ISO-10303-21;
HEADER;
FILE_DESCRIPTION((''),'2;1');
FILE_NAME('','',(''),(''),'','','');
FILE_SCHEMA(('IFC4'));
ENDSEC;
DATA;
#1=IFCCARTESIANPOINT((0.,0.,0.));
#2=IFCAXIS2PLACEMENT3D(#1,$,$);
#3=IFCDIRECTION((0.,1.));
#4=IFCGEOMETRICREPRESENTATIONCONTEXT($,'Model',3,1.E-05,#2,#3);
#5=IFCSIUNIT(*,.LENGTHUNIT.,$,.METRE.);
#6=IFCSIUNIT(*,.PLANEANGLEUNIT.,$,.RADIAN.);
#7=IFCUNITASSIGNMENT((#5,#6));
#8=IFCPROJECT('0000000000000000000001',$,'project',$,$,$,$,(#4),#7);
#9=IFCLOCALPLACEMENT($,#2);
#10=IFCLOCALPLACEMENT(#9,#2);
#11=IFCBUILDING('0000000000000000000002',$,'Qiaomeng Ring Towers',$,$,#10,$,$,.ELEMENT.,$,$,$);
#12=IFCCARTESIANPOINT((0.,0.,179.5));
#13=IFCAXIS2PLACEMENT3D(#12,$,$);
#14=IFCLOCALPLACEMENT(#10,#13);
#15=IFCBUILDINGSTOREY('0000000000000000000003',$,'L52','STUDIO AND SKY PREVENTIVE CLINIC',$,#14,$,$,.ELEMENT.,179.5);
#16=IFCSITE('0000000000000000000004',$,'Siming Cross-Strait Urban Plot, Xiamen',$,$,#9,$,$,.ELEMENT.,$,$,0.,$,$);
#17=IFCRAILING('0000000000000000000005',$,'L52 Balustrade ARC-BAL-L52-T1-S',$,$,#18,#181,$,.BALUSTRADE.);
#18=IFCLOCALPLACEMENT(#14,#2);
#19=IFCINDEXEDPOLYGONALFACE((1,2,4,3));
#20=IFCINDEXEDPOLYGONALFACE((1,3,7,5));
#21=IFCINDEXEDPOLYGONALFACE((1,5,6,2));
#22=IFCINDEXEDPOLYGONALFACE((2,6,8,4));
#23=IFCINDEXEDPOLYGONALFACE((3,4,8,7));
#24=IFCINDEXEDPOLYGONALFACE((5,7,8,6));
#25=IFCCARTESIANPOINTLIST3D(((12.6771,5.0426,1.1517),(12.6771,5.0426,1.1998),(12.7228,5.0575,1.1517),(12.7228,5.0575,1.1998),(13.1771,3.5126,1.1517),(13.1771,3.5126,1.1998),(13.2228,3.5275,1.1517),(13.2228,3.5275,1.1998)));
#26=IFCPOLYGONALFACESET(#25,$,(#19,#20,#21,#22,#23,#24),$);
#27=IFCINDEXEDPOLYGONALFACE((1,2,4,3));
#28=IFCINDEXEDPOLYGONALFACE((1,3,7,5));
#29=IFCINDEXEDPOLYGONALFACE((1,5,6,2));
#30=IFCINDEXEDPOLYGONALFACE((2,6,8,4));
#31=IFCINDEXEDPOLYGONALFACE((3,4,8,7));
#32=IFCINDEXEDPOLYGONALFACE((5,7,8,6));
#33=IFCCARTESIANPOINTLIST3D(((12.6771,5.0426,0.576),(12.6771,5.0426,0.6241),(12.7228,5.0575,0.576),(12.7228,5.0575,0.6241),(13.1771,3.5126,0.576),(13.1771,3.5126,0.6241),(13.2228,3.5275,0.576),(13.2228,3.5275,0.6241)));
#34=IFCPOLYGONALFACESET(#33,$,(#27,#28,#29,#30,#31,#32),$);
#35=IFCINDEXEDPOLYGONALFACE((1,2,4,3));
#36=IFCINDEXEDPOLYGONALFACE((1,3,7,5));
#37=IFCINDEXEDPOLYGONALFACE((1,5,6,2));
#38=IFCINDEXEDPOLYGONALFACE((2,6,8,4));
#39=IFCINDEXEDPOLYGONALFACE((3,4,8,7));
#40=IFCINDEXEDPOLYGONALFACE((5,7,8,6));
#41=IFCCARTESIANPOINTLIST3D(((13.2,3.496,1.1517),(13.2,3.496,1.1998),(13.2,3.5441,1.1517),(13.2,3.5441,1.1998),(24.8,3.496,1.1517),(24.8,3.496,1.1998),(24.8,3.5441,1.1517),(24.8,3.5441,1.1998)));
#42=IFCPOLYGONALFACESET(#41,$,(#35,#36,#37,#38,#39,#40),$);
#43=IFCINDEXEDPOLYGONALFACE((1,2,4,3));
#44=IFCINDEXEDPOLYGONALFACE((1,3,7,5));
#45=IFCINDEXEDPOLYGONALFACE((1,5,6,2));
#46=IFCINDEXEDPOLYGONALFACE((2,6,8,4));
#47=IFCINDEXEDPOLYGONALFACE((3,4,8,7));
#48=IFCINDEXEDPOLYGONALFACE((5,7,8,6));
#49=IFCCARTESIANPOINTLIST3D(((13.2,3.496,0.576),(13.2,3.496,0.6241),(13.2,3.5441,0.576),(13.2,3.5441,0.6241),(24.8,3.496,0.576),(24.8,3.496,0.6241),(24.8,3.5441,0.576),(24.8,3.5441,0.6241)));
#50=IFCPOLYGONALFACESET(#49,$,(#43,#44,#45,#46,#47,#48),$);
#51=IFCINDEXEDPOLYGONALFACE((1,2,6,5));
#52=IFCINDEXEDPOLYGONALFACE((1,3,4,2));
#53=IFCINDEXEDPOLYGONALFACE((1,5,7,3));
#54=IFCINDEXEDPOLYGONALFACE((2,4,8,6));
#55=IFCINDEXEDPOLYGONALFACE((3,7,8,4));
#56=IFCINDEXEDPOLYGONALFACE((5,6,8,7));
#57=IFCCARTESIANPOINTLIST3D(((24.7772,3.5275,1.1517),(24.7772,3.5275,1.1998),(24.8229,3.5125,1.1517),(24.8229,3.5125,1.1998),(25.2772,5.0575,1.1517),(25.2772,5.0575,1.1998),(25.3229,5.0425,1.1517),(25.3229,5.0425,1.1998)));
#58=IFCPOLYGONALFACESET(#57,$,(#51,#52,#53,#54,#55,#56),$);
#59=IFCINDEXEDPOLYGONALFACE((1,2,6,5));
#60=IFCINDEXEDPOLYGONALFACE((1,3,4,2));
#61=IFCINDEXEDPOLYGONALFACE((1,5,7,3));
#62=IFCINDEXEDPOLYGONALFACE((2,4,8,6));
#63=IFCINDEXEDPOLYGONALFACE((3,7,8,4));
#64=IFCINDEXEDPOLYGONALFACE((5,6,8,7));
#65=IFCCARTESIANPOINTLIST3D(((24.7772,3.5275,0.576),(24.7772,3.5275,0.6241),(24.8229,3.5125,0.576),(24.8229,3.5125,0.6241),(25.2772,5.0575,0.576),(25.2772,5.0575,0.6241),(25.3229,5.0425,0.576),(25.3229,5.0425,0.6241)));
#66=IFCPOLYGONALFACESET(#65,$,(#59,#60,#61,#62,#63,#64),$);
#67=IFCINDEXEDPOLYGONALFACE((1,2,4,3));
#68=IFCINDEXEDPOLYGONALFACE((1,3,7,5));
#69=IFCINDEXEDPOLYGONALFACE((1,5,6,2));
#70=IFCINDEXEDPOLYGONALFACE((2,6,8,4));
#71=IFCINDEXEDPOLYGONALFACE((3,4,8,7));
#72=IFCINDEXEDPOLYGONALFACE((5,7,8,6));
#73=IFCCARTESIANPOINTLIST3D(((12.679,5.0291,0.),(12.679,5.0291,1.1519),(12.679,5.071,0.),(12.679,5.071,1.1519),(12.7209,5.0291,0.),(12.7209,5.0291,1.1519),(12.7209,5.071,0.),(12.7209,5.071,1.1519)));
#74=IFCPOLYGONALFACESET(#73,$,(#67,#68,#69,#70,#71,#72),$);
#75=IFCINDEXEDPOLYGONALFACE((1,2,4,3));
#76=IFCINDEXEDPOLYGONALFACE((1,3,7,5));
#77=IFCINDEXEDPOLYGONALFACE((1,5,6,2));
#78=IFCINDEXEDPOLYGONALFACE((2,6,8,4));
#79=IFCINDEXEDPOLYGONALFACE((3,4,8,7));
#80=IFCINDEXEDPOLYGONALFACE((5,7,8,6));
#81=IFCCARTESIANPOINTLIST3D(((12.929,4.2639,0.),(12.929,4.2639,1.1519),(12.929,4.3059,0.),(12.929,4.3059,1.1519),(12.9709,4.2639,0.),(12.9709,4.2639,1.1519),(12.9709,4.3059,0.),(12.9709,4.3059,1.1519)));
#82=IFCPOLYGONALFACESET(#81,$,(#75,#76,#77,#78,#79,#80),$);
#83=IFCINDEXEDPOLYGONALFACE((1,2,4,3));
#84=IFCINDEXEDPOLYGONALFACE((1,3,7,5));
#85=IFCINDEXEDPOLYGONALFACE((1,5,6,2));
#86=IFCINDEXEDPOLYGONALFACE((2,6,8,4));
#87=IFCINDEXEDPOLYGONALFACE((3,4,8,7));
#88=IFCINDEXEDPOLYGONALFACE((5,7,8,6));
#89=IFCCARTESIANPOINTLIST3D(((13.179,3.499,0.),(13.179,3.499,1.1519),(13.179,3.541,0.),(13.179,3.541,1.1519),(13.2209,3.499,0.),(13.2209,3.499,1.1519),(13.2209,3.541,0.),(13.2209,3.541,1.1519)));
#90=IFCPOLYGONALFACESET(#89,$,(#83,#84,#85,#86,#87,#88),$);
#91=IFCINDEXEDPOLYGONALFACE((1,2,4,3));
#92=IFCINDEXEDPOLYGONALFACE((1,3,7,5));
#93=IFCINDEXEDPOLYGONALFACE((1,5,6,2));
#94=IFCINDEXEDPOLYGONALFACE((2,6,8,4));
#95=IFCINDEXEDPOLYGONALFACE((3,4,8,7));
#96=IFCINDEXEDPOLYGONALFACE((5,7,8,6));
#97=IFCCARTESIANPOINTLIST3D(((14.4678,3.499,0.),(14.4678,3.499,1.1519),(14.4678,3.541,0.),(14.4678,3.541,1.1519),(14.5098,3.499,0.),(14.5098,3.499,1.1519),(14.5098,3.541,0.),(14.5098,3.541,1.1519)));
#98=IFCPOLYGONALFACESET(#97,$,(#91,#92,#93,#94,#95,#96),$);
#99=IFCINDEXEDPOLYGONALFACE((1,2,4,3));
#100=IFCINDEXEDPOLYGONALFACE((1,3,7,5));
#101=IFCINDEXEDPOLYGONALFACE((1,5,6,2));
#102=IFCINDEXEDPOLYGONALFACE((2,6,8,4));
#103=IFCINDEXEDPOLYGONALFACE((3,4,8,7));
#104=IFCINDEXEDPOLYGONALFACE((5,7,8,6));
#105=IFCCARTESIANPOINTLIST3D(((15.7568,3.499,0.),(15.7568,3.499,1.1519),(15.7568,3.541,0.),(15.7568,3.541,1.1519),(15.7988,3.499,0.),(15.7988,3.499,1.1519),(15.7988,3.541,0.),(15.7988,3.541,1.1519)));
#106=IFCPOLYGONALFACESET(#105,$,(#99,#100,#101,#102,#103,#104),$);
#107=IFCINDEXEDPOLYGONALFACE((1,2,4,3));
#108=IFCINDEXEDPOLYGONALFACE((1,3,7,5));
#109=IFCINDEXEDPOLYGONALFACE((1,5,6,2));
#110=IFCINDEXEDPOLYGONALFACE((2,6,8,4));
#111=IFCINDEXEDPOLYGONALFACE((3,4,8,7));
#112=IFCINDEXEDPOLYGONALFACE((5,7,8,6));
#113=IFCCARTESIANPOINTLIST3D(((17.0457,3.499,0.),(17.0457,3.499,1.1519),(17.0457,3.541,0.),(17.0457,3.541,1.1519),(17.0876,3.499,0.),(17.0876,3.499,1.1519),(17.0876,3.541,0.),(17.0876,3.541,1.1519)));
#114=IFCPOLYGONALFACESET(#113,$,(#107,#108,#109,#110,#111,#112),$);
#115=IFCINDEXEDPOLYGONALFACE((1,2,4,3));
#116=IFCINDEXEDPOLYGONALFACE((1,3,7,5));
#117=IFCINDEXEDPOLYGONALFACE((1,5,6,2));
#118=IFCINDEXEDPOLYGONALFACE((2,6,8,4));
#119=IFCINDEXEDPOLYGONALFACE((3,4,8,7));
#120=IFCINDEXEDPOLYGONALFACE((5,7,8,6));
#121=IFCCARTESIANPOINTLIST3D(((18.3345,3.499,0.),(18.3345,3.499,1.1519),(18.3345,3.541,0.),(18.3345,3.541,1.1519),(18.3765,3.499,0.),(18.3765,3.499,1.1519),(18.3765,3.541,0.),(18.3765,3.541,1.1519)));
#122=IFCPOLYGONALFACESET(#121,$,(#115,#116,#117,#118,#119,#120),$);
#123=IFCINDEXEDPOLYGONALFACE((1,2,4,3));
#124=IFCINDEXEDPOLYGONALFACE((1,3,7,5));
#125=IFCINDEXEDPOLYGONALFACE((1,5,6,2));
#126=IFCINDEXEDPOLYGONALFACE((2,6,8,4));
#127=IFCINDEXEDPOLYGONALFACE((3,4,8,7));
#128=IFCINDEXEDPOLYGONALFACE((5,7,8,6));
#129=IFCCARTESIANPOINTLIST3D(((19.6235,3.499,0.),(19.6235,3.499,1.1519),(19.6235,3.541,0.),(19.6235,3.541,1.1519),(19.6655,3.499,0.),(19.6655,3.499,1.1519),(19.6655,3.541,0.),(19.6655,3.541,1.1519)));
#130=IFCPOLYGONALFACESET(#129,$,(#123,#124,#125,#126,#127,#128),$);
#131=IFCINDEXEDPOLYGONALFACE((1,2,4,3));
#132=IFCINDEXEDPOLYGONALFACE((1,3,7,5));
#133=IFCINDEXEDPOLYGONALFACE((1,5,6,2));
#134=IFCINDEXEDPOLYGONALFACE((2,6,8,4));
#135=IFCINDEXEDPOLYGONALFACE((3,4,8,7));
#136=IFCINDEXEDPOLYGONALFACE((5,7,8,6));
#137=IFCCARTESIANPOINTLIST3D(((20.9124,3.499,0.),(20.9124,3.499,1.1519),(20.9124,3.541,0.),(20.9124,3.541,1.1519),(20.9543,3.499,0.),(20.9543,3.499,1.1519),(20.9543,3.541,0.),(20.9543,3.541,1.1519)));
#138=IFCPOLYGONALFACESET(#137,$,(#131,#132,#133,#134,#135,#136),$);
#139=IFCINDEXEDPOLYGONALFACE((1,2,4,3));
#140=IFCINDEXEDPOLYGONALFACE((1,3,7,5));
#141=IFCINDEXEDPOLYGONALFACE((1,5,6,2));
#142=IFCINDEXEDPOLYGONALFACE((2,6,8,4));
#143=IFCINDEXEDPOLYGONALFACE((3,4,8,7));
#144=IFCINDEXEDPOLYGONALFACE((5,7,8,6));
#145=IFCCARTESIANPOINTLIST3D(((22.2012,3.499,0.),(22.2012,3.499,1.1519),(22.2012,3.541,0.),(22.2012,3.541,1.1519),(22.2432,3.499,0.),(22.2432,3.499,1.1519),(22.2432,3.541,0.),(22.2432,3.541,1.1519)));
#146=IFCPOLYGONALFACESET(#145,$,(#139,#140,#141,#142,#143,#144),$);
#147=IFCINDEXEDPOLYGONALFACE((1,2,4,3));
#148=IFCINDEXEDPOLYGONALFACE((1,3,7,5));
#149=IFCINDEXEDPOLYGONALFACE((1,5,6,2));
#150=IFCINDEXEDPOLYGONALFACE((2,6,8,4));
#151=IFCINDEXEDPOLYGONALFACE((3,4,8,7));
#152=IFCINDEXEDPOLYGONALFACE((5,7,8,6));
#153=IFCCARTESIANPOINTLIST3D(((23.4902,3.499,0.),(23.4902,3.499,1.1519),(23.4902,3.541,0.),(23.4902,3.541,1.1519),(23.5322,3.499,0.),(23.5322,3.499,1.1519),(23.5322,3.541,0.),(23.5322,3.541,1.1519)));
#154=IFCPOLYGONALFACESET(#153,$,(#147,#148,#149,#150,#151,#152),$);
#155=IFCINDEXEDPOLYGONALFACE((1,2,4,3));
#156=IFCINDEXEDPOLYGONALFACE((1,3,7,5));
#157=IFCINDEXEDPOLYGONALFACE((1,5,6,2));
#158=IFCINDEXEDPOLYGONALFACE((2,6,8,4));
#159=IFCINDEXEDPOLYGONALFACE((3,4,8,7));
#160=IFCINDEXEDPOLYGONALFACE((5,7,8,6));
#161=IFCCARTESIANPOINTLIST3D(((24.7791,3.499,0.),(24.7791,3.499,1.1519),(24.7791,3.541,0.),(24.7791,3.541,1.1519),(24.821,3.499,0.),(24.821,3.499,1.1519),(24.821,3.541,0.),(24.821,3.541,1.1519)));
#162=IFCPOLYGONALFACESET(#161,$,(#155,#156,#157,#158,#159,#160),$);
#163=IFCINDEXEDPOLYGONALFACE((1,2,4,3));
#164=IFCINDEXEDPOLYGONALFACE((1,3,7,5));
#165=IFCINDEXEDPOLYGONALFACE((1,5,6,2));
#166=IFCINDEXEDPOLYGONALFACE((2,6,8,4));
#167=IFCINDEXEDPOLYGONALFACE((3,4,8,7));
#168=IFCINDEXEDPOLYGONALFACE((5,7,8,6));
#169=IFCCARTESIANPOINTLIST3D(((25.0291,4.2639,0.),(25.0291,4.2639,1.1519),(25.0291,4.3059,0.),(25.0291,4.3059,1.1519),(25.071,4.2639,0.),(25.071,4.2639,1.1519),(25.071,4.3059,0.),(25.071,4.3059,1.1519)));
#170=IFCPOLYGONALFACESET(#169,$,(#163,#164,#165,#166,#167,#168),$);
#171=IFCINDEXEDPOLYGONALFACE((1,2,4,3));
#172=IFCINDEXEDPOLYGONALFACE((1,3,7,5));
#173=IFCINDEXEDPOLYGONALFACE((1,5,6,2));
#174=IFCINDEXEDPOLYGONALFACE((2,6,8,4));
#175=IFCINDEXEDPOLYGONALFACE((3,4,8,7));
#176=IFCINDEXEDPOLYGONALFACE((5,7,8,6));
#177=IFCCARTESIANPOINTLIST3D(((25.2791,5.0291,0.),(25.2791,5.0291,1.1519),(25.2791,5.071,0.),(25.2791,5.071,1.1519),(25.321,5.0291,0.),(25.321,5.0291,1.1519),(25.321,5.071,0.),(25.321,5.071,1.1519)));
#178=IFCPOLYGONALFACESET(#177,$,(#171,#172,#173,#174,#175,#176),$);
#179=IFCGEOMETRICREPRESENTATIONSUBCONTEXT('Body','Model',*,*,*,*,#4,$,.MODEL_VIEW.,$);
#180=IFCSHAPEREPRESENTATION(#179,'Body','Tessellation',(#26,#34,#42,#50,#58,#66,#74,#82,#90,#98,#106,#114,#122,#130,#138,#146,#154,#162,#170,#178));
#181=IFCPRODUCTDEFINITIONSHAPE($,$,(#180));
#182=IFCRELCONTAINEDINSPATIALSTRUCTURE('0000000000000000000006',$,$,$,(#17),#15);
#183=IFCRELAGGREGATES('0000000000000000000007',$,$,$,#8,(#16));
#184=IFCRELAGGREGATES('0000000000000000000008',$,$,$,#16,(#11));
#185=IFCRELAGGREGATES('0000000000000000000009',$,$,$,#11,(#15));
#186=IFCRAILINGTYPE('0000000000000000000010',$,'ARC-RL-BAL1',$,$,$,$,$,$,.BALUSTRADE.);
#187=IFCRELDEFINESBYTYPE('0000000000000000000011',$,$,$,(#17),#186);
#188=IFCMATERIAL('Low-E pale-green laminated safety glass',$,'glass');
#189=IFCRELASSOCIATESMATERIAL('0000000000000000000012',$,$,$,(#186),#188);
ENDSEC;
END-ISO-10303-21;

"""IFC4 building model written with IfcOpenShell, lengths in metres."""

from ifc_helpers import new_model, si_unit, direction, frame, origin, origin_2d, place, context, subcontext, project, spatial, rectangle, extrude, material, type_object, element, save


model = new_model("IFC4")

# Units and contexts
model_context = context("Model", 3, precision=1e-05, world=origin(), true_north=direction((0.0, 1.0)))
body_context = subcontext(model_context, "Body", "Model", "MODEL_VIEW")
ifc_project = project(units=[si_unit("LENGTHUNIT", "METRE"), si_unit("PLANEANGLEUNIT", "RADIAN")], contexts=[model_context])

# Site, building, storey
site_placement = place(None, origin())
site = spatial("IfcSite", under=ifc_project, at=site_placement, Name="Siming Cross-Strait Urban Plot, Xiamen", CompositionType="ELEMENT", RefElevation=0.0)
building_placement = place(site_placement, origin())
building = spatial("IfcBuilding", under=site, at=building_placement, Name="Qiaomeng Ring Towers", CompositionType="ELEMENT")
storey_placement = place(building_placement, frame((0.0, 0.0, 179.5)))
storey = spatial("IfcBuildingStorey", under=building, at=storey_placement, Name="L52", Description="STUDIO AND SKY PREVENTIVE CLINIC", CompositionType="ELEMENT", Elevation=179.5)

# Railing
ifc_material_1 = material(Name="Low-E pale-green laminated safety glass", Category="glass")
railing_type = type_object("IfcRailingType", Name="ARC-RL-BAL1", PredefinedType="BALUSTRADE", material=ifc_material_1)
railing_placement = place(storey_placement, frame((12.7, 5.05, 0.0)))
element("IfcRailing", 1, at=railing_placement, inside=storey, type_object=railing_type, Name="L52 Balustrade ARC-BAL-L52-T1-S", PredefinedType="BALUSTRADE", context=body_context, shape_type="SweptSolid", body=[
    extrude(rectangle(XDim=0.0481, YDim=0.0481, at=origin_2d()), frame((0.0, 0.0, 1.1758), z_axis=(0.310626, -0.950532, 0.0), x_axis=(0.950532, 0.310626, 0.0)), (0.0, 0.0, 1.0), 1.6096),
    extrude(rectangle(XDim=0.0481, YDim=0.0481, at=origin_2d()), frame((0.0, 0.0, 0.6001), z_axis=(0.310626, -0.950532, 0.0), x_axis=(0.950532, 0.310626, 0.0)), (0.0, 0.0, 1.0), 1.6096),
    extrude(rectangle(XDim=0.0481, YDim=0.0481, at=origin_2d()), frame((0.5, -1.53, 1.1758), z_axis=(1.0, 0.0, 0.0), x_axis=(0.0, 1.0, 0.0)), (0.0, 0.0, 1.0), 11.6001),
    extrude(rectangle(XDim=0.0481, YDim=0.0481, at=origin_2d()), frame((0.5, -1.53, 0.6001), z_axis=(1.0, 0.0, 0.0), x_axis=(0.0, 1.0, 0.0)), (0.0, 0.0, 1.0), 11.6001),
    extrude(rectangle(XDim=0.0481, YDim=0.0481, at=origin_2d()), frame((12.1001, -1.53, 1.1758), z_axis=(0.310626, 0.950532, 0.0), x_axis=(-0.950532, 0.310626, 0.0)), (0.0, 0.0, 1.0), 1.6096),
    extrude(rectangle(XDim=0.0481, YDim=0.0481, at=origin_2d()), frame((12.1001, -1.53, 0.6001), z_axis=(0.310626, 0.950532, 0.0), x_axis=(-0.950532, 0.310626, 0.0)), (0.0, 0.0, 1.0), 1.6096),
    extrude(rectangle(XDim=0.042, YDim=0.042, at=origin_2d()), origin(), (0.0, 0.0, 1.0), 1.1519),
    extrude(rectangle(XDim=0.042, YDim=0.042, at=origin_2d()), frame((0.25, -0.7651, 0.0)), (0.0, 0.0, 1.0), 1.1519),
    extrude(rectangle(XDim=0.042, YDim=0.042, at=origin_2d()), frame((0.5, -1.53, 0.0)), (0.0, 0.0, 1.0), 1.1519),
    extrude(rectangle(XDim=0.042, YDim=0.042, at=origin_2d()), frame((1.7888, -1.53, 0.0)), (0.0, 0.0, 1.0), 1.1519),
    extrude(rectangle(XDim=0.042, YDim=0.042, at=origin_2d()), frame((3.0779, -1.53, 0.0)), (0.0, 0.0, 1.0), 1.1519),
    extrude(rectangle(XDim=0.042, YDim=0.042, at=origin_2d()), frame((4.3667, -1.53, 0.0)), (0.0, 0.0, 1.0), 1.1519),
    extrude(rectangle(XDim=0.042, YDim=0.042, at=origin_2d()), frame((5.6555, -1.53, 0.0)), (0.0, 0.0, 1.0), 1.1519),
    extrude(rectangle(XDim=0.042, YDim=0.042, at=origin_2d()), frame((6.9446, -1.53, 0.0)), (0.0, 0.0, 1.0), 1.1519),
    extrude(rectangle(XDim=0.042, YDim=0.042, at=origin_2d()), frame((8.2334, -1.53, 0.0)), (0.0, 0.0, 1.0), 1.1519),
    extrude(rectangle(XDim=0.042, YDim=0.042, at=origin_2d()), frame((9.5222, -1.53, 0.0)), (0.0, 0.0, 1.0), 1.1519),
    extrude(rectangle(XDim=0.042, YDim=0.042, at=origin_2d()), frame((10.8113, -1.53, 0.0)), (0.0, 0.0, 1.0), 1.1519),
    extrude(rectangle(XDim=0.042, YDim=0.042, at=origin_2d()), frame((12.1001, -1.53, 0.0)), (0.0, 0.0, 1.0), 1.1519),
    extrude(rectangle(XDim=0.042, YDim=0.042, at=origin_2d()), frame((12.3501, -0.7651, 0.0)), (0.0, 0.0, 1.0), 1.1519),
    extrude(rectangle(XDim=0.042, YDim=0.042, at=origin_2d()), frame((12.6001, 0.0, 0.0)), (0.0, 0.0, 1.0), 1.1519),
])

save(model, "model.ifc")
